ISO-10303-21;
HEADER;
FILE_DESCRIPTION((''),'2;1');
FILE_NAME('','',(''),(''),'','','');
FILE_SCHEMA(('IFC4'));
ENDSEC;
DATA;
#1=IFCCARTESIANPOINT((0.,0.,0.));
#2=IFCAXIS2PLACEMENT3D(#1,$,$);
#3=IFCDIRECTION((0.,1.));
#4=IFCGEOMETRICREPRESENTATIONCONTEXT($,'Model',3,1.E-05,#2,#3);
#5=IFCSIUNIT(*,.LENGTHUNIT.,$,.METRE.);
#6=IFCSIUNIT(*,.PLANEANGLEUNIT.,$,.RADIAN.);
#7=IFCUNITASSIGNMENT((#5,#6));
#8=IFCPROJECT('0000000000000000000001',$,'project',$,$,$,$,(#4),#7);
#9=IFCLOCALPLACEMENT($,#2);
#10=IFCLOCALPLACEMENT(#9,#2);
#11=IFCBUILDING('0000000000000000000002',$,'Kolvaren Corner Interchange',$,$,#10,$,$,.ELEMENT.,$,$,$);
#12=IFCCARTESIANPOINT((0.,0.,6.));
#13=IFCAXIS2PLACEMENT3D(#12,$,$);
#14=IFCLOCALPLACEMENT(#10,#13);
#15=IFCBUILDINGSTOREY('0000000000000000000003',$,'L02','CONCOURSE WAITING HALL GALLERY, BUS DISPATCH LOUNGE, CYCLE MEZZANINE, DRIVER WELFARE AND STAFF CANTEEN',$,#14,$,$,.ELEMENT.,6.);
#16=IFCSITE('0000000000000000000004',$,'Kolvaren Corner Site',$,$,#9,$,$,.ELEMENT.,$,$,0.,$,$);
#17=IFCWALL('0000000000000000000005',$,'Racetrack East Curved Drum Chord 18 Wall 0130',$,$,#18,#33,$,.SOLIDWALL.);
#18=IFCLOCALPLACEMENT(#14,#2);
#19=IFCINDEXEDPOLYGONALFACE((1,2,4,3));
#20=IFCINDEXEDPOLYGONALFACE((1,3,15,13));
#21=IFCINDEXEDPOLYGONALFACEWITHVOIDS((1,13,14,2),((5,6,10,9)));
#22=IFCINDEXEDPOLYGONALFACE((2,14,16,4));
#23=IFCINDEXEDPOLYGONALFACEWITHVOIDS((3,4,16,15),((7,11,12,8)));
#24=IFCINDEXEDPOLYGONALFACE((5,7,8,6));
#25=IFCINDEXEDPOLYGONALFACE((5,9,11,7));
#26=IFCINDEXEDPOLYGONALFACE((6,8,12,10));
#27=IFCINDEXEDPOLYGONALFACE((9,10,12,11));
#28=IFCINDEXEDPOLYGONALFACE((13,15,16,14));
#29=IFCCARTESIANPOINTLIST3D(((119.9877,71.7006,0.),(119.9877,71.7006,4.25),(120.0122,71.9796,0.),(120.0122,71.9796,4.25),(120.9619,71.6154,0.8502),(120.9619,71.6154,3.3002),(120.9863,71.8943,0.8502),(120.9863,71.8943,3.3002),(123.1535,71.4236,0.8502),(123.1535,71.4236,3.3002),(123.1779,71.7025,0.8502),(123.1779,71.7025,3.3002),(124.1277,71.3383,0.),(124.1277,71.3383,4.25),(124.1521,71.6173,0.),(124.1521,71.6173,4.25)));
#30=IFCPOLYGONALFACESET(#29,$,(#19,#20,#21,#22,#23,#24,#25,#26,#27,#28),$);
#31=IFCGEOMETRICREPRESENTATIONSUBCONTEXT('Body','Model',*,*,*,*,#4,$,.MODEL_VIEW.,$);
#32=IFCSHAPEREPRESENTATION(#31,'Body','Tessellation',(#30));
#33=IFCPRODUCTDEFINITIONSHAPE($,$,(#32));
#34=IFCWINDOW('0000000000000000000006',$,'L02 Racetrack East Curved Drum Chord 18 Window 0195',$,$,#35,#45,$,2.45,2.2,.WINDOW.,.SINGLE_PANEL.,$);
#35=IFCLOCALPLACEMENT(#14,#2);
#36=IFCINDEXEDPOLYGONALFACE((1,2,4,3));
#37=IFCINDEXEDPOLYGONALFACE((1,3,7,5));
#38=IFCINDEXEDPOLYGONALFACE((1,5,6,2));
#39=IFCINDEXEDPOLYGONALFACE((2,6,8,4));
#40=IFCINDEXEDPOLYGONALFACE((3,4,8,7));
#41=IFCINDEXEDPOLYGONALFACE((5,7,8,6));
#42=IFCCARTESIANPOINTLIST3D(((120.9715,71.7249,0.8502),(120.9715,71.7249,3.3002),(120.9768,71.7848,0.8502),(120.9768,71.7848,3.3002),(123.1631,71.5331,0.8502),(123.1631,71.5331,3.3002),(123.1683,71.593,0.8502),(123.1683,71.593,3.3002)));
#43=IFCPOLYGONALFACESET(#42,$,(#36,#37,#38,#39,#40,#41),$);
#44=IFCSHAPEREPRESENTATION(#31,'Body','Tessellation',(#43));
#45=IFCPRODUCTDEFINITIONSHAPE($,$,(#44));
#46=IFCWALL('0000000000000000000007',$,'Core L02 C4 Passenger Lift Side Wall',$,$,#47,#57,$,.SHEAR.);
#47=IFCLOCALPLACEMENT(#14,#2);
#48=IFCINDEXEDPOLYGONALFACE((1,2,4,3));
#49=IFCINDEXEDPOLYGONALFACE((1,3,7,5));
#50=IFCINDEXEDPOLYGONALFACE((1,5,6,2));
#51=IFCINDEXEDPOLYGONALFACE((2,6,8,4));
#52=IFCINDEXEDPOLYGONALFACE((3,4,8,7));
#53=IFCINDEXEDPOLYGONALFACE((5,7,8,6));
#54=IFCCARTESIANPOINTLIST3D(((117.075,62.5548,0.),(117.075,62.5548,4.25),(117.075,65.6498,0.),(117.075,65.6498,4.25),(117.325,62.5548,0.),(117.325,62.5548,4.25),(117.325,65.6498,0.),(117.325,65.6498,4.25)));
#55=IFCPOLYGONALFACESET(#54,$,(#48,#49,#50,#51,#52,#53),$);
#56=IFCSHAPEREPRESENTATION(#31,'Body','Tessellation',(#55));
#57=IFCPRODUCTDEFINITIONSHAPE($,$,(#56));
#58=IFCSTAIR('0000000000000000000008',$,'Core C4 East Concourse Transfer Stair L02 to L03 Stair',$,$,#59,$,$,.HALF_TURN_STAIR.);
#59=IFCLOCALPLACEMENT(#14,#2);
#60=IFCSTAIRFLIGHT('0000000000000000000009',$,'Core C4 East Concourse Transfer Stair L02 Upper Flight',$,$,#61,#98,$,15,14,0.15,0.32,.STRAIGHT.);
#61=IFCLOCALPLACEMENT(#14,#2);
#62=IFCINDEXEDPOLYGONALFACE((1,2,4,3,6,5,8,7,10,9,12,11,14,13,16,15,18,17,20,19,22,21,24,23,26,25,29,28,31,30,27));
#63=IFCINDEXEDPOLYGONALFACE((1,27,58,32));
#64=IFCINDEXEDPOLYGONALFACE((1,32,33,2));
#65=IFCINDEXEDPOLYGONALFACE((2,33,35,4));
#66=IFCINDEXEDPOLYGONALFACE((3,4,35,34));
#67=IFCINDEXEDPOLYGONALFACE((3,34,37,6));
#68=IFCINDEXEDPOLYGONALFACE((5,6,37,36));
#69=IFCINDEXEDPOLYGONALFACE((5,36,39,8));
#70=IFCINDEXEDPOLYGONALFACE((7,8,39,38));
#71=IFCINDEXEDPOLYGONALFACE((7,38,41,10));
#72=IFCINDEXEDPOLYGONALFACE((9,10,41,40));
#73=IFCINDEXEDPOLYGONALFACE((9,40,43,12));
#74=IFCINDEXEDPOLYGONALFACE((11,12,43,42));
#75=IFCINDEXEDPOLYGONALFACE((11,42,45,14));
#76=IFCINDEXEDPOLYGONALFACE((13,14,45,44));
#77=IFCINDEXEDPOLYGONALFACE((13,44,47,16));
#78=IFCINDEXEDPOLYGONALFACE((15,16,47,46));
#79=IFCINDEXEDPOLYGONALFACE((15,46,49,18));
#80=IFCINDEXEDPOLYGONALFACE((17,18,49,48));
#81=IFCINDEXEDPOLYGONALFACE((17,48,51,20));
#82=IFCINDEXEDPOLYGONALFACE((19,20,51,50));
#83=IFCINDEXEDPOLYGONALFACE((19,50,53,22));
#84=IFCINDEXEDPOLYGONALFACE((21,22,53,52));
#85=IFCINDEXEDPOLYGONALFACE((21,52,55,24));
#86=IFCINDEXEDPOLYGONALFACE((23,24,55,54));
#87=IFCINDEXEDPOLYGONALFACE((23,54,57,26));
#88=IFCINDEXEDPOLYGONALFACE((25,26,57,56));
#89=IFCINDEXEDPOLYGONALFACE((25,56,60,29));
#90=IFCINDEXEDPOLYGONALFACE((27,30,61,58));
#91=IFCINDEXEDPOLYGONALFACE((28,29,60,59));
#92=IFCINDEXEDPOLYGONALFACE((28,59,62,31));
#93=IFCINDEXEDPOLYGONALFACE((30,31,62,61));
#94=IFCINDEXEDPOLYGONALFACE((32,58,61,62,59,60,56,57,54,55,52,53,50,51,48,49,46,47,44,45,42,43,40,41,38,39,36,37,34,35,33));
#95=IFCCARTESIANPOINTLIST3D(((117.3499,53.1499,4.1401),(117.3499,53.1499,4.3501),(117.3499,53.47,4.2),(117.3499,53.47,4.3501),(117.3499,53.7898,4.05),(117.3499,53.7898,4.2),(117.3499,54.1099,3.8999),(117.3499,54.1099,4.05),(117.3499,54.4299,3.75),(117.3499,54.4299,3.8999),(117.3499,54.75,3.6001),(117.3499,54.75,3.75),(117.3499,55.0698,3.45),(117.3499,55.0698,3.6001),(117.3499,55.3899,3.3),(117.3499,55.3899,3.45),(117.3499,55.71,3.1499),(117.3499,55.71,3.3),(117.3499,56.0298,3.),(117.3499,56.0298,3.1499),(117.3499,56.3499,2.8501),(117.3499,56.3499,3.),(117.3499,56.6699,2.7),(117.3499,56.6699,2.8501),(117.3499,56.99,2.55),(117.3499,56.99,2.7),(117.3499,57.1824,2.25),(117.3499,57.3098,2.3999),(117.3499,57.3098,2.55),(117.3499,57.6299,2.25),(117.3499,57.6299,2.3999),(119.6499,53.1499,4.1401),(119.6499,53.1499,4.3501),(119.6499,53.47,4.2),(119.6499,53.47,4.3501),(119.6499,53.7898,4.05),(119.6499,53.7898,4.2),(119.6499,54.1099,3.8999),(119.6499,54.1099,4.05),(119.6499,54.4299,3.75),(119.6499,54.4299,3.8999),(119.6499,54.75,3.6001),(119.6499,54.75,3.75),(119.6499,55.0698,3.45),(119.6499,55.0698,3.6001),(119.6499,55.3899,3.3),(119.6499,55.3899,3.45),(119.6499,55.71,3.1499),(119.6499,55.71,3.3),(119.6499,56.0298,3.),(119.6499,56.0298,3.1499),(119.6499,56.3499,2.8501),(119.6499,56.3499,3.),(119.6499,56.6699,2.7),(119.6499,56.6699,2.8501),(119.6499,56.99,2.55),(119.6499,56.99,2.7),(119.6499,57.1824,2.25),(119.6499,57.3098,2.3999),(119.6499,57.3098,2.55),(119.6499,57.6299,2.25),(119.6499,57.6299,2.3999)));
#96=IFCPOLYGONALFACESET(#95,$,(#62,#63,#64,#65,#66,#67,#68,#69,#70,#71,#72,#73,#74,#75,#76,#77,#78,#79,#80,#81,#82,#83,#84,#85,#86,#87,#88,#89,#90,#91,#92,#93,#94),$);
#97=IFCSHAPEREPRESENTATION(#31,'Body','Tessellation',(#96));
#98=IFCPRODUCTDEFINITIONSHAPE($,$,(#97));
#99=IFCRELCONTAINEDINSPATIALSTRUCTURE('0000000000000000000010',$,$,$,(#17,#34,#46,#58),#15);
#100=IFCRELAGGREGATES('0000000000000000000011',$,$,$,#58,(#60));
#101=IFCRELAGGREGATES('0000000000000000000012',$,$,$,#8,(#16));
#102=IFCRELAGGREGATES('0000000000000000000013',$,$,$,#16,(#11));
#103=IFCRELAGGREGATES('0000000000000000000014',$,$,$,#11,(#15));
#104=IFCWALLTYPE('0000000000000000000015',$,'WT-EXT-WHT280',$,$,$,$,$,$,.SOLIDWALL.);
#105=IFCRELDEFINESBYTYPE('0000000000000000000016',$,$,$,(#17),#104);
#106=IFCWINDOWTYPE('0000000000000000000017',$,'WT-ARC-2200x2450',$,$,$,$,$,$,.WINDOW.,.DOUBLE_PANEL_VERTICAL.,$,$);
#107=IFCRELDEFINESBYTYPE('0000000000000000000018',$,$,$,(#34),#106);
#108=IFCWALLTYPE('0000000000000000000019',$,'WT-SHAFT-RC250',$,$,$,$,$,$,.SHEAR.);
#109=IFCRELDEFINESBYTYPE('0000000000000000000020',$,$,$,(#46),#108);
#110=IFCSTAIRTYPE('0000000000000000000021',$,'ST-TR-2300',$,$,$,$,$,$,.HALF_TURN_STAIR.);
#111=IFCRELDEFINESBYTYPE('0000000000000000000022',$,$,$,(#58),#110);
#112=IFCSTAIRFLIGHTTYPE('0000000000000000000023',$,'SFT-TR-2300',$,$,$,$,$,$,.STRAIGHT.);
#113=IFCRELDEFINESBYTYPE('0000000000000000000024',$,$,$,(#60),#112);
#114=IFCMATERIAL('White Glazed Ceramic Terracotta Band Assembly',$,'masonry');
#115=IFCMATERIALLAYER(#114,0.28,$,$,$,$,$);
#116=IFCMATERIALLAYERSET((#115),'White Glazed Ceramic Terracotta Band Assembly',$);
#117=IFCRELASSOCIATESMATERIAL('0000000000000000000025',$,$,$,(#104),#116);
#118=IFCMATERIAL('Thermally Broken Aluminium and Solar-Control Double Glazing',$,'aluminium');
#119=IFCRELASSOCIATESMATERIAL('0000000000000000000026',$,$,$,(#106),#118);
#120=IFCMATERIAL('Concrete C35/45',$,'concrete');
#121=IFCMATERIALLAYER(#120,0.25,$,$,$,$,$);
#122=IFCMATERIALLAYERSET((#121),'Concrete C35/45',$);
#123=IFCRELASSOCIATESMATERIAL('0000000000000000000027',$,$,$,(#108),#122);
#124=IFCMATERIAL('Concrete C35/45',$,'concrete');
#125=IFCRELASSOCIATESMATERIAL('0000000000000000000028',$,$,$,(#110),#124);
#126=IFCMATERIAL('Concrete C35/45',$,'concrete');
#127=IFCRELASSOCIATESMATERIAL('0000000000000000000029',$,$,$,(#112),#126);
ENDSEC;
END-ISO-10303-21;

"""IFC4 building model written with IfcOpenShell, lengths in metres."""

from ifc_helpers import new_model, si_unit, direction, frame, frame_2d, origin, place, context, subcontext, project, spatial, polyline, rectangle, outline, extrude, material, layer, layer_set, type_object, element, fill, aggregate, save


model = new_model("IFC4")

# Units and contexts
model_context = context("Model", 3, precision=1e-05, world=origin(), true_north=direction((0.0, 1.0)))
body_context = subcontext(model_context, "Body", "Model", "MODEL_VIEW")
ifc_project = project(units=[si_unit("LENGTHUNIT", "METRE"), si_unit("PLANEANGLEUNIT", "RADIAN")], contexts=[model_context])

# Site, building, storey
site_placement = place(None, origin())
site = spatial("IfcSite", under=ifc_project, at=site_placement, Name="Kolvaren Corner Site", CompositionType="ELEMENT", RefElevation=0.0)
building_placement = place(site_placement, origin())
building = spatial("IfcBuilding", under=site, at=building_placement, Name="Kolvaren Corner Interchange", CompositionType="ELEMENT")
storey_placement = place(building_placement, frame((0.0, 0.0, 6.0)))
storey = spatial("IfcBuildingStorey", under=building, at=storey_placement, Name="L02", Description="CONCOURSE WAITING HALL GALLERY, BUS DISPATCH LOUNGE, CYCLE MEZZANINE, DRIVER WELFARE AND STAFF CANTEEN", CompositionType="ELEMENT", Elevation=6.0)

# Shared definitions
ifc_material_1 = material(Name="White Glazed Ceramic Terracotta Band Assembly", Category="masonry")
ifc_layer_1 = layer(ifc_material_1, 0.28)
ifc_layer_set_1 = layer_set([ifc_layer_1], Name="White Glazed Ceramic Terracotta Band Assembly")
wall_type_1 = type_object("IfcWallType", Name="WT-EXT-WHT280", PredefinedType="SOLIDWALL", material=ifc_layer_set_1)

# Wall, opening, window
wall_1_placement = place(storey_placement, frame((124.1399, 71.4778, 0.0), z_axis=(0.0, 0.0, 1.0), x_axis=(-0.996192, 0.087182, 0.0)))
wall_1 = element("IfcWall", 1, at=wall_1_placement, inside=storey, type_object=wall_type_1, Name="Racetrack East Curved Drum Chord 18 Wall 0130", PredefinedType="SOLIDWALL", context=body_context, shape_type="SweptSolid", body=[
    extrude(rectangle(XDim=4.1558, YDim=0.28, at=frame_2d((2.0779, 0.0))), origin(), (0.0, 0.0, 1.0), 4.25),
])
opening_placement = place(wall_1_placement, frame((0.9778, 0.0, 0.8501)))
opening = element("IfcOpeningElement", 2, at=opening_placement, cuts=wall_1, PredefinedType="OPENING", context=body_context, shape_type="SweptSolid", body=[
    extrude(rectangle(XDim=2.2, YDim=2.45, at=frame_2d((1.1001, 1.2251))), frame((0.0, 0.1499, 0.0), z_axis=(0.0, -1.0, 0.0), x_axis=(1.0, 0.0, 0.0)), (0.0, 0.0, 1.0), 0.3),
])
ifc_material_2 = material(Name="Thermally Broken Aluminium and Solar-Control Double Glazing", Category="aluminium")
window_type = type_object("IfcWindowType", Name="WT-ARC-2200x2450", PartitioningType="DOUBLE_PANEL_VERTICAL", PredefinedType="WINDOW", material=ifc_material_2)
window_placement = place(opening_placement, origin())
window = element("IfcWindow", 3, at=window_placement, inside=storey, type_object=window_type, Name="L02 Racetrack East Curved Drum Chord 18 Window 0195", OverallHeight=2.45, OverallWidth=2.2, PartitioningType="SINGLE_PANEL", PredefinedType="WINDOW", context=body_context, shape_type="SweptSolid", body=[
    extrude(rectangle(XDim=2.2, YDim=2.45, at=frame_2d((1.1001, 1.2251))), frame((0.0, 0.03, 0.0), z_axis=(0.0, -1.0, 0.0), x_axis=(1.0, 0.0, 0.0)), (0.0, 0.0, 1.0), 0.0601),
])
fill(opening, window)

# Wall
ifc_material_3 = material(Name="Concrete C35/45", Category="concrete")
ifc_layer_2 = layer(ifc_material_3, 0.25)
ifc_layer_set_2 = layer_set([ifc_layer_2], Name="Concrete C35/45")
wall_type_2 = type_object("IfcWallType", Name="WT-SHAFT-RC250", PredefinedType="SHEAR", material=ifc_layer_set_2)
wall_2_placement = place(storey_placement, frame((117.2, 62.5549, 0.0), z_axis=(0.0, 0.0, 1.0), x_axis=(0.0, 1.0, 0.0)))
element("IfcWall", 4, at=wall_2_placement, inside=storey, type_object=wall_type_2, Name="Core L02 C4 Passenger Lift Side Wall", PredefinedType="SHEAR", context=body_context, shape_type="SweptSolid", body=[
    extrude(rectangle(XDim=3.095, YDim=0.25, at=frame_2d((1.5474, 0.0))), origin(), (0.0, 0.0, 1.0), 4.25),
])

# Stair, stair flight
ifc_material_4 = material(Name="Concrete C35/45", Category="concrete")
stair_type = type_object("IfcStairType", Name="ST-TR-2300", PredefinedType="HALF_TURN_STAIR", material=ifc_material_4)
stair_placement = place(storey_placement, origin())
stair = element("IfcStair", 5, at=stair_placement, inside=storey, type_object=stair_type, Name="Core C4 East Concourse Transfer Stair L02 to L03 Stair", PredefinedType="HALF_TURN_STAIR")
ifc_material_5 = material(Name="Concrete C35/45", Category="concrete")
stair_flight_type = type_object("IfcStairFlightType", Name="SFT-TR-2300", PredefinedType="STRAIGHT", material=ifc_material_5)
stair_flight_placement = place(storey_placement, frame((118.5, 57.6299, 2.25), z_axis=(0.0, 0.0, 1.0), x_axis=(0.0, -1.0, 0.0)))
stair_flight = element("IfcStairFlight", 6, at=stair_flight_placement, type_object=stair_flight_type, Name="Core C4 East Concourse Transfer Stair L02 Upper Flight", NumberOfRisers=15, NumberOfTreads=14, PredefinedType="STRAIGHT", RiserHeight=0.15, TreadLength=0.32, context=body_context, shape_type="SweptSolid", body=[
    extrude(outline(polyline([(0.0, 0.0), (0.0, 0.1499), (0.3201, 0.1499), (0.3201, 0.3), (0.6399, 0.3), (0.6399, 0.45), (0.96, 0.45), (0.96, 0.6001), (1.28, 0.6001), (1.28, 0.75), (1.6001, 0.75), (1.6001, 0.8999), (1.9199, 0.8999), (1.9199, 1.05), (2.24, 1.05), (2.24, 1.2), (2.5601, 1.2), (2.5601, 1.3501), (2.8799, 1.3501), (2.8799, 1.5), (3.2, 1.5), (3.2, 1.6499), (3.52, 1.6499), (3.52, 1.8), (3.8401, 1.8), (3.8401, 1.95), (4.1599, 1.95), (4.1599, 2.1001), (4.48, 2.1001), (4.48, 2.25), (4.48, 1.8901), (0.4475, 0.0), (0.0, 0.0)])), frame((0.0, 1.1499, 0.0), z_axis=(0.0, -1.0, 0.0), x_axis=(1.0, 0.0, 0.0)), (0.0, 0.0, 1.0), 2.3),
])
aggregate(stair, [stair_flight])

save(model, "model.ifc")
